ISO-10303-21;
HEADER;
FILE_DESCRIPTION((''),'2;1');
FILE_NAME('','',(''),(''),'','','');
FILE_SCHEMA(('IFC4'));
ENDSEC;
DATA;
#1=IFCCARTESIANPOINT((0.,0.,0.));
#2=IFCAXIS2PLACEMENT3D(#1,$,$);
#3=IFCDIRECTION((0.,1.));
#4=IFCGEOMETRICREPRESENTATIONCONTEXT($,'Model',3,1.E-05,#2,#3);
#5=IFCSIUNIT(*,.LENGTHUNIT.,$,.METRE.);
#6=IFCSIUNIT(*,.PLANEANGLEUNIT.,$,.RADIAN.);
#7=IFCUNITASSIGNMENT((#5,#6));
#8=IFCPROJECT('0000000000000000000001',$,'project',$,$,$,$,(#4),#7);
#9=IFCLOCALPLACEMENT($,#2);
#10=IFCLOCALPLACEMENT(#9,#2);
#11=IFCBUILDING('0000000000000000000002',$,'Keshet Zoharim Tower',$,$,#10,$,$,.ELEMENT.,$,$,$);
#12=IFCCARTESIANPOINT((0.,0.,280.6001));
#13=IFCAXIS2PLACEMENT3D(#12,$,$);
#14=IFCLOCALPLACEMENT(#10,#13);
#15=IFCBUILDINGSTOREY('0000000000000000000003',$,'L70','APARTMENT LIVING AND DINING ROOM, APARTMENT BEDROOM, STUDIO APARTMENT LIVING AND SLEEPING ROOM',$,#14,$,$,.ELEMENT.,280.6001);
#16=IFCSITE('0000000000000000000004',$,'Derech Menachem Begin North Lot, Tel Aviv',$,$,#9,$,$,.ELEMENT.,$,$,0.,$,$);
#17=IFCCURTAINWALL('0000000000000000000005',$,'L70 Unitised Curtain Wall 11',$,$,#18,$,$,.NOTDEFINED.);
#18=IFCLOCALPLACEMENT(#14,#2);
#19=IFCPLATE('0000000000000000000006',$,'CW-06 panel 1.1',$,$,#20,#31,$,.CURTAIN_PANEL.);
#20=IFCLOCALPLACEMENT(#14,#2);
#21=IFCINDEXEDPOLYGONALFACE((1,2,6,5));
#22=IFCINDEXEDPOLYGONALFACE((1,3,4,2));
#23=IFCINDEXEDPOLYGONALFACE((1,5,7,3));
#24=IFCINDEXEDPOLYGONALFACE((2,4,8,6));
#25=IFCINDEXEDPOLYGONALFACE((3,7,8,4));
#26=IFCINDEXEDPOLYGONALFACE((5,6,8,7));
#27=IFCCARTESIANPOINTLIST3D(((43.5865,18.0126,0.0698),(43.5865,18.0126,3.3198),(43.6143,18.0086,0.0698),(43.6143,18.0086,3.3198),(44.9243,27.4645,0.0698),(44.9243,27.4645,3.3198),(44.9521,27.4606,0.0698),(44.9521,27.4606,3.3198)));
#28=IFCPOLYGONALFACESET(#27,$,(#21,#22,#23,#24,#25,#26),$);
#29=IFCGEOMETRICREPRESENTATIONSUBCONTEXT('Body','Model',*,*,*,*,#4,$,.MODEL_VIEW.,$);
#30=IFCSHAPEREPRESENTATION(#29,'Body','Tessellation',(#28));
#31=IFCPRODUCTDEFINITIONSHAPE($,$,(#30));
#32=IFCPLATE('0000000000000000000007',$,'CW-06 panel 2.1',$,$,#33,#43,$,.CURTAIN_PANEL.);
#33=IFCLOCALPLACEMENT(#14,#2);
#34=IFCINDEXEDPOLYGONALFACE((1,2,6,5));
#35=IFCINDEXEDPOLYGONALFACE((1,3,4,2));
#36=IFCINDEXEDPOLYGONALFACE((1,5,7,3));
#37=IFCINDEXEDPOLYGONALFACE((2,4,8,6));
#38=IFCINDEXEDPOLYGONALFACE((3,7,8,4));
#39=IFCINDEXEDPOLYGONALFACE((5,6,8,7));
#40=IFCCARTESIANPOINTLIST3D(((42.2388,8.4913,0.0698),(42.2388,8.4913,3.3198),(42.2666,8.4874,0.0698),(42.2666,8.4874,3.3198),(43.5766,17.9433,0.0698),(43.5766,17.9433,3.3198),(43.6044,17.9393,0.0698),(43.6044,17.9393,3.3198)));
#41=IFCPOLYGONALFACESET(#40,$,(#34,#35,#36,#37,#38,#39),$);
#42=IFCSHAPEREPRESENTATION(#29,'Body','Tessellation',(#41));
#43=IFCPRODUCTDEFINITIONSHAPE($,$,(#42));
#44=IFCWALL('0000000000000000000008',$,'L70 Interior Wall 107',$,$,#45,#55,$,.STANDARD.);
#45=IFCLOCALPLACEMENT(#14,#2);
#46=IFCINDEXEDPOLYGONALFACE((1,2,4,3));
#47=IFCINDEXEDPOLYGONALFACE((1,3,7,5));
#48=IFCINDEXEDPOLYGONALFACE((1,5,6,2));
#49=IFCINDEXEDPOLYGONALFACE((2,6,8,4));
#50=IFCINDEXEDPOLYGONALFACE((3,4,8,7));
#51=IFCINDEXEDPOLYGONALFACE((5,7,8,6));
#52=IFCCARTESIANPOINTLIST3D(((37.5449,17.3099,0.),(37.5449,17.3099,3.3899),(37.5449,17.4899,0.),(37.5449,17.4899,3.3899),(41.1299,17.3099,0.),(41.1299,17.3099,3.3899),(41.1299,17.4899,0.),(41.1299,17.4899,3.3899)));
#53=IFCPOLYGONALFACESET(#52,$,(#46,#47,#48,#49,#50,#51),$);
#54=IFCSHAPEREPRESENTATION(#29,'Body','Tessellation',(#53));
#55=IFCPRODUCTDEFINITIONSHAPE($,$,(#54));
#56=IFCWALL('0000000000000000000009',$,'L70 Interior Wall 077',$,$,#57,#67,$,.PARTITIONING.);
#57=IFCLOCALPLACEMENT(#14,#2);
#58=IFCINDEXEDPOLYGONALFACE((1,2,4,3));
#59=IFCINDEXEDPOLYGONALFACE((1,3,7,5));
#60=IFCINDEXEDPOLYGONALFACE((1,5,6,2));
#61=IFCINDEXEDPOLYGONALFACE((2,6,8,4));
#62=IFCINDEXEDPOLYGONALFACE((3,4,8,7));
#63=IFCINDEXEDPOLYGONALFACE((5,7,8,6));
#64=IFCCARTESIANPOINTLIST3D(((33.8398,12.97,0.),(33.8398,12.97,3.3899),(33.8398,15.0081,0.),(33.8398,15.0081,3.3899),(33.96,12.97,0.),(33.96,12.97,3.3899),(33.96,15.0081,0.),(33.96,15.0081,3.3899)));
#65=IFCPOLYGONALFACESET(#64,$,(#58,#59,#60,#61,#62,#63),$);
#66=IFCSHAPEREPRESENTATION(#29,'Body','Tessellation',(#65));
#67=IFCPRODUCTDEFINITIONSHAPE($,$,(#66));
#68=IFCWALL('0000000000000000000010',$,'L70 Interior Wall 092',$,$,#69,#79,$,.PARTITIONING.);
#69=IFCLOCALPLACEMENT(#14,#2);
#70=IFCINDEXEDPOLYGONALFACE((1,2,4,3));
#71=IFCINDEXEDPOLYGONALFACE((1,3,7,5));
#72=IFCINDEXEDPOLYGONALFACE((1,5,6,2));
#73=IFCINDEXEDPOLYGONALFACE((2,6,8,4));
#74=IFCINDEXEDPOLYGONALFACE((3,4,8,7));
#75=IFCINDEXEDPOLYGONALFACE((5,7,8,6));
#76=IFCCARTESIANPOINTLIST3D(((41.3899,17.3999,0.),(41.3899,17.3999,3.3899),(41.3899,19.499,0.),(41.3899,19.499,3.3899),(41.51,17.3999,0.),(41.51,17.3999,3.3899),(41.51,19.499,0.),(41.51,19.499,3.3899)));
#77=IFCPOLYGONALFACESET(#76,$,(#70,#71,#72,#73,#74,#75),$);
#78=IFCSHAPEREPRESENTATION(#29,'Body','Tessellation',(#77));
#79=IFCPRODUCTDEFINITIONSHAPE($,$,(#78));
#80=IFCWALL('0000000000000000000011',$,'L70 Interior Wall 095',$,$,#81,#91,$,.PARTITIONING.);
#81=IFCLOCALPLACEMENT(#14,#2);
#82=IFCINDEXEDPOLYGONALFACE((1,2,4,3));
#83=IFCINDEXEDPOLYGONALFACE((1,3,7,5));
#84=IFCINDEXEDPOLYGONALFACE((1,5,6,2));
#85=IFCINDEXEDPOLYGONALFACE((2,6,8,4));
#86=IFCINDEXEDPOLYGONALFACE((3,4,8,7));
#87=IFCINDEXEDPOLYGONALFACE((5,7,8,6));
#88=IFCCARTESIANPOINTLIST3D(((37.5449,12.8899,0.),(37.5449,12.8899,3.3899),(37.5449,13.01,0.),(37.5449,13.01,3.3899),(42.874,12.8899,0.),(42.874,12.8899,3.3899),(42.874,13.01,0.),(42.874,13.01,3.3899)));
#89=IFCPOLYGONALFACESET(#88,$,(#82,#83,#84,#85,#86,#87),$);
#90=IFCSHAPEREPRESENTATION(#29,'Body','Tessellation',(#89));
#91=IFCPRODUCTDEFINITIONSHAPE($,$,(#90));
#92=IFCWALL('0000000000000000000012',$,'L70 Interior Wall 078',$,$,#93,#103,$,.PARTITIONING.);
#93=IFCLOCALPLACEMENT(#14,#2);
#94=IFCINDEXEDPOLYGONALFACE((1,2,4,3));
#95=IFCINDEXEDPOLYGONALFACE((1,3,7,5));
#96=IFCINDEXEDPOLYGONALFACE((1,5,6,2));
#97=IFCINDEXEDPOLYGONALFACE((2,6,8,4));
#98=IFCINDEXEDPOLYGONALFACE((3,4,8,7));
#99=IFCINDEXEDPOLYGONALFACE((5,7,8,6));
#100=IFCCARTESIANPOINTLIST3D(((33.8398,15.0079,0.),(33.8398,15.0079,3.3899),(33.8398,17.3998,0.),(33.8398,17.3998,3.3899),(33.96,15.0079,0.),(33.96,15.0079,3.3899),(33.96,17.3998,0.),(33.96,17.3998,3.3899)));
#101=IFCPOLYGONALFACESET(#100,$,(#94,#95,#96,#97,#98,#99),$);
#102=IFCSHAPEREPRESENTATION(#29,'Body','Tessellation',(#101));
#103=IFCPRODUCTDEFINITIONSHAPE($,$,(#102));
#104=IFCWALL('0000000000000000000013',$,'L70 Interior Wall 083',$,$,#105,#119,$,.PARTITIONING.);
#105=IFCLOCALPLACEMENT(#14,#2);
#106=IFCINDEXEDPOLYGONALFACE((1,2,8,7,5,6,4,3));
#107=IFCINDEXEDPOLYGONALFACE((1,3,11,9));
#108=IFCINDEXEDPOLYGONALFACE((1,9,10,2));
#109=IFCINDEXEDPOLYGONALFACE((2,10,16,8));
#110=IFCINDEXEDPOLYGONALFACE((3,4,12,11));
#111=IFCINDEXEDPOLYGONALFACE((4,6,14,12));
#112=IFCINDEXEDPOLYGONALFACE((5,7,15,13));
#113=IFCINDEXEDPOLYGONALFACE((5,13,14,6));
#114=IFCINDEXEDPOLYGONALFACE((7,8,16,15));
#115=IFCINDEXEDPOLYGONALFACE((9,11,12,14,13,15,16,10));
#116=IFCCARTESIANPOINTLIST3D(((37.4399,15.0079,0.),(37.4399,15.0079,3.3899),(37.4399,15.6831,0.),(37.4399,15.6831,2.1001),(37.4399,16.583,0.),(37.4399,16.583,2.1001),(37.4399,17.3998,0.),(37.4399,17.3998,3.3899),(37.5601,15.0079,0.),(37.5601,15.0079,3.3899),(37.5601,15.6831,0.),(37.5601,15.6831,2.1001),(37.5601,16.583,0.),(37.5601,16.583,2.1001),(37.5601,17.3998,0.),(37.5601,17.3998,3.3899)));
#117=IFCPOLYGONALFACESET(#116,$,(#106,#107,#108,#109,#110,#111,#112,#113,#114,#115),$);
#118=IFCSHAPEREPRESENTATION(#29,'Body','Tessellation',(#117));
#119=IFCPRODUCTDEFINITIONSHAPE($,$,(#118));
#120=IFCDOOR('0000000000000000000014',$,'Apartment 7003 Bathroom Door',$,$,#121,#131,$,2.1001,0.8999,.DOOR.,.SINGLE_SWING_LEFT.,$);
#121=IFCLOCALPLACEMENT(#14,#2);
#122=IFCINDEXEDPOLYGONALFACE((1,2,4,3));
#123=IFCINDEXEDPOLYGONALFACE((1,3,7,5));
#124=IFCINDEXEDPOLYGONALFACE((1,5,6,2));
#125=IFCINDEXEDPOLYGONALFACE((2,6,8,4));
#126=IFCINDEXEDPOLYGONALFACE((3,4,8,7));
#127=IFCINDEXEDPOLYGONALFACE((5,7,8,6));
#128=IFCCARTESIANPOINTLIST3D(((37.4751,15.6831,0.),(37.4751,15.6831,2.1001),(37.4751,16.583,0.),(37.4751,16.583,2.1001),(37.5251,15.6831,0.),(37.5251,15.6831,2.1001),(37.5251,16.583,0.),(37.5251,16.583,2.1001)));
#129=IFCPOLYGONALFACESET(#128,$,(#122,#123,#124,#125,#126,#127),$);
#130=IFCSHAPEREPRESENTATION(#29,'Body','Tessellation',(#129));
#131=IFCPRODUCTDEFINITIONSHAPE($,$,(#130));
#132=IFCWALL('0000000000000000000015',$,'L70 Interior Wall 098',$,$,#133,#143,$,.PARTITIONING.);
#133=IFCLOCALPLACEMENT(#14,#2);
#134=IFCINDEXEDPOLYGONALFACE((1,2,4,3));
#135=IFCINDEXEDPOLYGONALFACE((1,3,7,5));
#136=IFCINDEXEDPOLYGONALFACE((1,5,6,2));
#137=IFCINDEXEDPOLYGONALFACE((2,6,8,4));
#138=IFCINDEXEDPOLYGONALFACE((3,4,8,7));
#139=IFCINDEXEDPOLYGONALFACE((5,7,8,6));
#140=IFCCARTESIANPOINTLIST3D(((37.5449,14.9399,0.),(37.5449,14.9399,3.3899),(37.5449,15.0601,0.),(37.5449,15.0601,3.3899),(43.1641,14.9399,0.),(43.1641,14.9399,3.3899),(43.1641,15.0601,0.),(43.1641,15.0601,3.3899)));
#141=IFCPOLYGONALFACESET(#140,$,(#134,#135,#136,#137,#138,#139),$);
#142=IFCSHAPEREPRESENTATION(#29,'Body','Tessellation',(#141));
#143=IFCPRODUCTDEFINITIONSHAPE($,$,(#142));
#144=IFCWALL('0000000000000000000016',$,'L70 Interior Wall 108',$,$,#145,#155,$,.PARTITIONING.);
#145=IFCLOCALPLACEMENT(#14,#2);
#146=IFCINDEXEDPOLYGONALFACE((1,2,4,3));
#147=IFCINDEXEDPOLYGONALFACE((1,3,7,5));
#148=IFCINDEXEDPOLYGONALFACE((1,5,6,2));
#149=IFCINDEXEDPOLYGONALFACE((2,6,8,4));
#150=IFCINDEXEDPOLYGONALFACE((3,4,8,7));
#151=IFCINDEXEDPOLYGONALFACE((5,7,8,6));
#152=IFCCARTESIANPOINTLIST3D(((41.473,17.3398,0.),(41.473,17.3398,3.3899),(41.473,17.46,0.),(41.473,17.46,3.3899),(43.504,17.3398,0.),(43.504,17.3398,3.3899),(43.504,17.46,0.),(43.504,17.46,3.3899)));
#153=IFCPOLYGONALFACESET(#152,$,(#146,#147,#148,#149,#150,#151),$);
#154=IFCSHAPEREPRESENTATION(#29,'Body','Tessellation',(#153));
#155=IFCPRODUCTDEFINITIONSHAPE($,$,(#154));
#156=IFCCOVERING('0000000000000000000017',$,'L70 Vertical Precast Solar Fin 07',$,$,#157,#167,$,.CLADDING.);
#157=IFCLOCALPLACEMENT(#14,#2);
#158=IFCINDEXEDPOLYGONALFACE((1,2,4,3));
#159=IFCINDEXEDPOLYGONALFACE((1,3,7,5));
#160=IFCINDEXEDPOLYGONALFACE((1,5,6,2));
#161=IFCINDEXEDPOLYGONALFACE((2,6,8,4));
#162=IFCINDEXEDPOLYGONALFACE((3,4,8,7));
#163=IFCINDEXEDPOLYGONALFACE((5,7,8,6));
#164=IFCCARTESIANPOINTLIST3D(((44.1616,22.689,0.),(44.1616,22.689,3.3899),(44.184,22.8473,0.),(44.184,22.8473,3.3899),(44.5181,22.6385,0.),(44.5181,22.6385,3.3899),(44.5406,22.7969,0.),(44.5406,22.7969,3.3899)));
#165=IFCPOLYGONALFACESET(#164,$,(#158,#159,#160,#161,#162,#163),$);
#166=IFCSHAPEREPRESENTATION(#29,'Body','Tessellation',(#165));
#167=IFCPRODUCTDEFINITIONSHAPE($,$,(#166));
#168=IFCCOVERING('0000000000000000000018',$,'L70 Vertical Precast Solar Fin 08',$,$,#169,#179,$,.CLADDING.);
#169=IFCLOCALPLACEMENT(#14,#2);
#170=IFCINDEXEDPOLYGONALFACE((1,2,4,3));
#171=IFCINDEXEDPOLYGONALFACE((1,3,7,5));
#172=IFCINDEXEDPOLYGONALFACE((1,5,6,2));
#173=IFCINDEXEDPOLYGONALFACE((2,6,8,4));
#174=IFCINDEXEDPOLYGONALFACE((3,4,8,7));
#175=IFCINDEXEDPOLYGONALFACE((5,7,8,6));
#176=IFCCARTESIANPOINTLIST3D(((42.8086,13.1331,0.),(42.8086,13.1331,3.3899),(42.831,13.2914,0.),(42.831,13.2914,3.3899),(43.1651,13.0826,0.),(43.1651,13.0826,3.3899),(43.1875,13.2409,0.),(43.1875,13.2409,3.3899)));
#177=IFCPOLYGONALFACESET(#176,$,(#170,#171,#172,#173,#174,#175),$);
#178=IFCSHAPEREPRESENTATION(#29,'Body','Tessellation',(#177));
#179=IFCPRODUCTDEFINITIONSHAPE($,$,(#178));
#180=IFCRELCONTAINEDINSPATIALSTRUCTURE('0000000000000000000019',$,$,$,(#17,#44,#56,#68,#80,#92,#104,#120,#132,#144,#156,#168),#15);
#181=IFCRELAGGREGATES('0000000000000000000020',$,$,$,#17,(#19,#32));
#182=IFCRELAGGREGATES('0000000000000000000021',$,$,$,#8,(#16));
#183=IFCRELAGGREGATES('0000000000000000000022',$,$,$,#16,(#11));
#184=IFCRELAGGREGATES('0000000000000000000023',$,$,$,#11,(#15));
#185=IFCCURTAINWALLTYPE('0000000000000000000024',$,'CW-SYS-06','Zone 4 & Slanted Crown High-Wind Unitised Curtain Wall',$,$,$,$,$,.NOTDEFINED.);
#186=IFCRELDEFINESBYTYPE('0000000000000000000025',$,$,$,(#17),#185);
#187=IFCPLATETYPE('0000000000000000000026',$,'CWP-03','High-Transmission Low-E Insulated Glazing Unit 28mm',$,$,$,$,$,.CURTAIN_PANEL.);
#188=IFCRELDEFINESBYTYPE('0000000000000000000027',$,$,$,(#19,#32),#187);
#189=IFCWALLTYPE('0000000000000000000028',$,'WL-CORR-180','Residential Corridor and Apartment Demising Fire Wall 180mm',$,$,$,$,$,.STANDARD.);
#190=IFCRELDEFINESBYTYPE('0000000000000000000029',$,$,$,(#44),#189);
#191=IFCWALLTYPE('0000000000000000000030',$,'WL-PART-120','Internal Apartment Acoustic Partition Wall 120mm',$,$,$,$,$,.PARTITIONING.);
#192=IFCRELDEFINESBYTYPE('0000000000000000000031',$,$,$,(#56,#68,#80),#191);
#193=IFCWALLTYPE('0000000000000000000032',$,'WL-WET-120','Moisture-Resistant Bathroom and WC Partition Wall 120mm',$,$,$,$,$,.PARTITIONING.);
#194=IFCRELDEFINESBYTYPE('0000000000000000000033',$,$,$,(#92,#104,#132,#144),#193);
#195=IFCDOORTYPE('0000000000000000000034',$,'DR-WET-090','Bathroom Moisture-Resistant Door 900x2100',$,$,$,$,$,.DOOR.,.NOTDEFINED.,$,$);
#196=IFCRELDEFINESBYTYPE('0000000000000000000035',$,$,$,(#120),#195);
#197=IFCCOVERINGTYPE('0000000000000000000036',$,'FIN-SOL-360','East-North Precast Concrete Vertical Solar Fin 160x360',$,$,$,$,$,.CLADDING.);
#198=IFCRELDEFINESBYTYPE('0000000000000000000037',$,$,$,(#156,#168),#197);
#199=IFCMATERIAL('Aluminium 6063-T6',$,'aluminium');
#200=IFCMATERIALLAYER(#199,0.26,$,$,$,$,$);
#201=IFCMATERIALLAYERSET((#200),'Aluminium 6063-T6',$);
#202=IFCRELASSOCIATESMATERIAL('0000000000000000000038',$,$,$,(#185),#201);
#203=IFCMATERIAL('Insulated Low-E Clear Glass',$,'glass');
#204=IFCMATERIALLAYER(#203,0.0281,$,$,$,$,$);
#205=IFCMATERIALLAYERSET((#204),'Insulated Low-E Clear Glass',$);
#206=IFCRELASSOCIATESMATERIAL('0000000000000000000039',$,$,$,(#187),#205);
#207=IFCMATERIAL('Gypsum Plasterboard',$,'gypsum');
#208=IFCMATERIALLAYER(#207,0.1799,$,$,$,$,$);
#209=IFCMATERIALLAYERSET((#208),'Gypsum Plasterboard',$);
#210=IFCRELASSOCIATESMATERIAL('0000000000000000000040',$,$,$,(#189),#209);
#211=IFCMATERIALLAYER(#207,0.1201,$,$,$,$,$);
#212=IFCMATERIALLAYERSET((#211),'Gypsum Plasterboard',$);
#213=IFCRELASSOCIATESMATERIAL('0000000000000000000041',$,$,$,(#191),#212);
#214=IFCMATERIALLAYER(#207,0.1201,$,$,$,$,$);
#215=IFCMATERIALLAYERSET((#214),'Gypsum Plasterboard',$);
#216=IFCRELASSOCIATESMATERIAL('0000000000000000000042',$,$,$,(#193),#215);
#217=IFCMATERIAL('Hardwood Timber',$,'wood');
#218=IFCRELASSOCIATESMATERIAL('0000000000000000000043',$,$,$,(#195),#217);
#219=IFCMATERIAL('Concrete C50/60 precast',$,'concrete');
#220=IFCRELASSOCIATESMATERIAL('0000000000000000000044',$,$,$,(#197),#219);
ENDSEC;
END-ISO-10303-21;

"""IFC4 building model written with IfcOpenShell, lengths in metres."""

from ifc_helpers import new_model, si_unit, direction, frame, frame_2d, origin, origin_2d, place, context, subcontext, project, spatial, rectangle, extrude, material, layer, layer_set, type_object, element, fill, aggregate, save


model = new_model("IFC4")

# Units and contexts
model_context = context("Model", 3, precision=1e-05, world=origin(), true_north=direction((0.0, 1.0)))
body_context = subcontext(model_context, "Body", "Model", "MODEL_VIEW")
ifc_project = project(units=[si_unit("LENGTHUNIT", "METRE"), si_unit("PLANEANGLEUNIT", "RADIAN")], contexts=[model_context])

# Site, building, storey
site_placement = place(None, origin())
site = spatial("IfcSite", under=ifc_project, at=site_placement, Name="Derech Menachem Begin North Lot, Tel Aviv", CompositionType="ELEMENT", RefElevation=0.0)
building_placement = place(site_placement, origin())
building = spatial("IfcBuilding", under=site, at=building_placement, Name="Keshet Zoharim Tower", CompositionType="ELEMENT")
storey_placement = place(building_placement, frame((0.0, 0.0, 280.6001)))
storey = spatial("IfcBuildingStorey", under=building, at=storey_placement, Name="L70", Description="APARTMENT LIVING AND DINING ROOM, APARTMENT BEDROOM, STUDIO APARTMENT LIVING AND SLEEPING ROOM", CompositionType="ELEMENT", Elevation=280.6001)

# Shared definitions
ifc_material_1 = material(Name="Aluminium 6063-T6", Category="aluminium")
ifc_layer_1 = layer(ifc_material_1, 0.26)
ifc_layer_set_1 = layer_set([ifc_layer_1], Name="Aluminium 6063-T6")
curtain_wall_type = type_object("IfcCurtainWallType", Name="CW-SYS-06", Description="Zone 4 & Slanted Crown High-Wind Unitised Curtain Wall", PredefinedType="NOTDEFINED", material=ifc_layer_set_1)

# Curtain wall
curtain_wall_1_placement = place(storey_placement, origin())
curtain_wall_1 = element("IfcCurtainWall", 1, at=curtain_wall_1_placement, inside=storey, type_object=curtain_wall_type, Name="L70 Unitised Curtain Wall 11", PredefinedType="NOTDEFINED")

# Plates
ifc_material_2 = material(Name="Insulated Low-E Clear Glass", Category="glass")
ifc_layer_2 = layer(ifc_material_2, 0.0281)
ifc_layer_set_2 = layer_set([ifc_layer_2], Name="Insulated Low-E Clear Glass")
plate_type = type_object("IfcPlateType", Name="CWP-03", Description="High-Transmission Low-E Insulated Glazing Unit 28mm", PredefinedType="CURTAIN_PANEL", material=ifc_layer_set_2)
plate_1_placement = place(storey_placement, frame((44.2693, 22.7366, 0.0698), z_axis=(0.0, 0.0, 1.0), x_axis=(-0.140137, -0.990132, 0.0)))
plate_1 = element("IfcPlate", 2, at=plate_1_placement, type_object=plate_type, Name="CW-06 panel 1.1", PredefinedType="CURTAIN_PANEL", context=body_context, shape_type="SweptSolid", body=[
    extrude(rectangle(XDim=9.5461, YDim=0.0281, at=origin_2d()), origin(), (0.0, 0.0, 1.0), 3.25),
])
plate_2_placement = place(storey_placement, frame((42.9216, 13.2153, 0.0698), z_axis=(0.0, 0.0, 1.0), x_axis=(-0.140137, -0.990132, 0.0)))
plate_2 = element("IfcPlate", 3, at=plate_2_placement, type_object=plate_type, Name="CW-06 panel 2.1", PredefinedType="CURTAIN_PANEL", context=body_context, shape_type="SweptSolid", body=[
    extrude(rectangle(XDim=9.5461, YDim=0.0281, at=origin_2d()), origin(), (0.0, 0.0, 1.0), 3.25),
])
aggregate(curtain_wall_1, [plate_1, plate_2])

# Shared definitions
ifc_material_3 = material(Name="Gypsum Plasterboard", Category="gypsum")
ifc_layer_3 = layer(ifc_material_3, 0.1799)
ifc_layer_set_3 = layer_set([ifc_layer_3], Name="Gypsum Plasterboard")
wall_type_1 = type_object("IfcWallType", Name="WL-CORR-180", Description="Residential Corridor and Apartment Demising Fire Wall 180mm", PredefinedType="STANDARD", material=ifc_layer_set_3)
ifc_material_4 = material(Name="Hardwood Timber", Category="wood")

# Walls
wall_1_placement = place(storey_placement, frame((37.5449, 17.3999, 0.0), z_axis=(0.0, 0.0, 1.0), x_axis=(1.0, 0.0, 0.0)))
element("IfcWall", 4, at=wall_1_placement, inside=storey, type_object=wall_type_1, Name="L70 Interior Wall 107", PredefinedType="STANDARD", context=body_context, shape_type="SweptSolid", body=[
    extrude(rectangle(XDim=3.585, YDim=0.1799, at=frame_2d((1.7925, 0.0))), origin(), (0.0, 0.0, 1.0), 3.3899),
])
ifc_layer_4 = layer(ifc_material_3, 0.1201)
ifc_layer_set_4 = layer_set([ifc_layer_4], Name="Gypsum Plasterboard")
wall_type_2 = type_object("IfcWallType", Name="WL-PART-120", Description="Internal Apartment Acoustic Partition Wall 120mm", PredefinedType="PARTITIONING", material=ifc_layer_set_4)
wall_2_placement = place(storey_placement, frame((33.8999, 12.97, 0.0), z_axis=(0.0, 0.0, 1.0), x_axis=(0.0, 1.0, 0.0)))
element("IfcWall", 5, at=wall_2_placement, inside=storey, type_object=wall_type_2, Name="L70 Interior Wall 077", PredefinedType="PARTITIONING", context=body_context, shape_type="SweptSolid", body=[
    extrude(rectangle(XDim=2.0381, YDim=0.1201, at=frame_2d((1.019, 0.0))), origin(), (0.0, 0.0, 1.0), 3.3899),
])

# Walls
wall_3_placement = place(storey_placement, frame((41.45, 17.3999, 0.0), z_axis=(0.0, 0.0, 1.0), x_axis=(0.0, 1.0, 0.0)))
element("IfcWall", 6, at=wall_3_placement, inside=storey, type_object=wall_type_2, Name="L70 Interior Wall 092", PredefinedType="PARTITIONING", context=body_context, shape_type="SweptSolid", body=[
    extrude(rectangle(XDim=2.0991, YDim=0.1201, at=frame_2d((1.0496, 0.0))), origin(), (0.0, 0.0, 1.0), 3.3899),
])
wall_4_placement = place(storey_placement, frame((37.5449, 12.95, 0.0), z_axis=(0.0, 0.0, 1.0), x_axis=(1.0, 0.0, 0.0)))
element("IfcWall", 7, at=wall_4_placement, inside=storey, type_object=wall_type_2, Name="L70 Interior Wall 095", PredefinedType="PARTITIONING", context=body_context, shape_type="SweptSolid", body=[
    extrude(rectangle(XDim=5.3291, YDim=0.1201, at=frame_2d((2.6646, 0.0))), origin(), (0.0, 0.0, 1.0), 3.3899),
])
ifc_layer_5 = layer(ifc_material_3, 0.1201)
ifc_layer_set_5 = layer_set([ifc_layer_5], Name="Gypsum Plasterboard")
wall_type_3 = type_object("IfcWallType", Name="WL-WET-120", Description="Moisture-Resistant Bathroom and WC Partition Wall 120mm", PredefinedType="PARTITIONING", material=ifc_layer_set_5)
wall_5_placement = place(storey_placement, frame((33.8999, 15.0081, 0.0), z_axis=(0.0, 0.0, 1.0), x_axis=(0.0, 1.0, 0.0)))
element("IfcWall", 8, at=wall_5_placement, inside=storey, type_object=wall_type_3, Name="L70 Interior Wall 078", PredefinedType="PARTITIONING", context=body_context, shape_type="SweptSolid", body=[
    extrude(rectangle(XDim=2.3918, YDim=0.1201, at=frame_2d((1.1958, 0.0))), origin(), (0.0, 0.0, 1.0), 3.3899),
])

# Wall, opening, door
wall_6_placement = place(storey_placement, frame((37.5, 15.0081, 0.0), z_axis=(0.0, 0.0, 1.0), x_axis=(0.0, 1.0, 0.0)))
wall_6 = element("IfcWall", 9, at=wall_6_placement, inside=storey, type_object=wall_type_3, Name="L70 Interior Wall 083", PredefinedType="PARTITIONING", context=body_context, shape_type="SweptSolid", body=[
    extrude(rectangle(XDim=2.3918, YDim=0.1201, at=frame_2d((1.1958, 0.0))), origin(), (0.0, 0.0, 1.0), 3.3899),
])
opening_1_placement = place(wall_6_placement, frame((0.675, 0.0, 0.0)))
opening_1 = element("IfcOpeningElement", 10, at=opening_1_placement, cuts=wall_6, PredefinedType="OPENING", context=body_context, shape_type="SweptSolid", body=[
    extrude(rectangle(XDim=0.8999, YDim=2.1001, at=frame_2d((0.45, 1.05))), frame((0.0, 0.0701, 0.0), z_axis=(0.0, -1.0, 0.0), x_axis=(1.0, 0.0, 0.0)), (0.0, 0.0, 1.0), 0.1401),
])
door_type_1 = type_object("IfcDoorType", Name="DR-WET-090", Description="Bathroom Moisture-Resistant Door 900x2100", OperationType="NOTDEFINED", PredefinedType="DOOR", material=ifc_material_4)
door_1_placement = place(opening_1_placement, origin())
door_1 = element("IfcDoor", 11, at=door_1_placement, inside=storey, type_object=door_type_1, Name="Apartment 7003 Bathroom Door", OperationType="SINGLE_SWING_LEFT", OverallHeight=2.1001, OverallWidth=0.8999, PredefinedType="DOOR", context=body_context, shape_type="SweptSolid", body=[
    extrude(rectangle(XDim=0.8999, YDim=2.1001, at=frame_2d((0.45, 1.05))), frame((0.0, 0.0249, 0.0), z_axis=(0.0, -1.0, 0.0), x_axis=(1.0, 0.0, 0.0)), (0.0, 0.0, 1.0), 0.05),
])
fill(opening_1, door_1)

# Walls
wall_7_placement = place(storey_placement, frame((37.5449, 15.0, 0.0), z_axis=(0.0, 0.0, 1.0), x_axis=(1.0, 0.0, 0.0)))
element("IfcWall", 12, at=wall_7_placement, inside=storey, type_object=wall_type_3, Name="L70 Interior Wall 098", PredefinedType="PARTITIONING", context=body_context, shape_type="SweptSolid", body=[
    extrude(rectangle(XDim=5.6191, YDim=0.1201, at=frame_2d((2.8096, 0.0))), origin(), (0.0, 0.0, 1.0), 3.3899),
])
wall_8_placement = place(storey_placement, frame((41.4729, 17.3999, 0.0), z_axis=(0.0, 0.0, 1.0), x_axis=(1.0, 0.0, 0.0)))
element("IfcWall", 13, at=wall_8_placement, inside=storey, type_object=wall_type_3, Name="L70 Interior Wall 108", PredefinedType="PARTITIONING", context=body_context, shape_type="SweptSolid", body=[
    extrude(rectangle(XDim=2.031, YDim=0.1201, at=frame_2d((1.0156, 0.0))), origin(), (0.0, 0.0, 1.0), 3.3899),
])

# Coverings
ifc_material_5 = material(Name="Concrete C50/60 precast", Category="concrete")
covering_type = type_object("IfcCoveringType", Name="FIN-SOL-360", Description="East-North Precast Concrete Vertical Solar Fin 160x360", PredefinedType="CLADDING", material=ifc_material_5)
for number, where, z_axis, x_axis, name in (
    (14, (44.3511, 22.7429, 0.0), (0.0, 0.0, 1.0), (-0.140137, -0.990132, 0.0), "L70 Vertical Precast Solar Fin 07"),
    (15, (42.998, 13.187, 0.0), (0.0, 0.0, 1.0), (-0.140137, -0.990132, 0.0), "L70 Vertical Precast Solar Fin 08"),
):
    element("IfcCovering", number, at=place(storey_placement, frame(where, z_axis=z_axis, x_axis=x_axis)), inside=storey, type_object=covering_type, Name=name, PredefinedType="CLADDING", context=body_context, shape_type="SweptSolid", body=[
        extrude(rectangle(XDim=0.1599, YDim=0.3601, at=origin_2d()), origin(), (0.0, 0.0, 1.0), 3.3899),
    ])

save(model, "model.ifc")
